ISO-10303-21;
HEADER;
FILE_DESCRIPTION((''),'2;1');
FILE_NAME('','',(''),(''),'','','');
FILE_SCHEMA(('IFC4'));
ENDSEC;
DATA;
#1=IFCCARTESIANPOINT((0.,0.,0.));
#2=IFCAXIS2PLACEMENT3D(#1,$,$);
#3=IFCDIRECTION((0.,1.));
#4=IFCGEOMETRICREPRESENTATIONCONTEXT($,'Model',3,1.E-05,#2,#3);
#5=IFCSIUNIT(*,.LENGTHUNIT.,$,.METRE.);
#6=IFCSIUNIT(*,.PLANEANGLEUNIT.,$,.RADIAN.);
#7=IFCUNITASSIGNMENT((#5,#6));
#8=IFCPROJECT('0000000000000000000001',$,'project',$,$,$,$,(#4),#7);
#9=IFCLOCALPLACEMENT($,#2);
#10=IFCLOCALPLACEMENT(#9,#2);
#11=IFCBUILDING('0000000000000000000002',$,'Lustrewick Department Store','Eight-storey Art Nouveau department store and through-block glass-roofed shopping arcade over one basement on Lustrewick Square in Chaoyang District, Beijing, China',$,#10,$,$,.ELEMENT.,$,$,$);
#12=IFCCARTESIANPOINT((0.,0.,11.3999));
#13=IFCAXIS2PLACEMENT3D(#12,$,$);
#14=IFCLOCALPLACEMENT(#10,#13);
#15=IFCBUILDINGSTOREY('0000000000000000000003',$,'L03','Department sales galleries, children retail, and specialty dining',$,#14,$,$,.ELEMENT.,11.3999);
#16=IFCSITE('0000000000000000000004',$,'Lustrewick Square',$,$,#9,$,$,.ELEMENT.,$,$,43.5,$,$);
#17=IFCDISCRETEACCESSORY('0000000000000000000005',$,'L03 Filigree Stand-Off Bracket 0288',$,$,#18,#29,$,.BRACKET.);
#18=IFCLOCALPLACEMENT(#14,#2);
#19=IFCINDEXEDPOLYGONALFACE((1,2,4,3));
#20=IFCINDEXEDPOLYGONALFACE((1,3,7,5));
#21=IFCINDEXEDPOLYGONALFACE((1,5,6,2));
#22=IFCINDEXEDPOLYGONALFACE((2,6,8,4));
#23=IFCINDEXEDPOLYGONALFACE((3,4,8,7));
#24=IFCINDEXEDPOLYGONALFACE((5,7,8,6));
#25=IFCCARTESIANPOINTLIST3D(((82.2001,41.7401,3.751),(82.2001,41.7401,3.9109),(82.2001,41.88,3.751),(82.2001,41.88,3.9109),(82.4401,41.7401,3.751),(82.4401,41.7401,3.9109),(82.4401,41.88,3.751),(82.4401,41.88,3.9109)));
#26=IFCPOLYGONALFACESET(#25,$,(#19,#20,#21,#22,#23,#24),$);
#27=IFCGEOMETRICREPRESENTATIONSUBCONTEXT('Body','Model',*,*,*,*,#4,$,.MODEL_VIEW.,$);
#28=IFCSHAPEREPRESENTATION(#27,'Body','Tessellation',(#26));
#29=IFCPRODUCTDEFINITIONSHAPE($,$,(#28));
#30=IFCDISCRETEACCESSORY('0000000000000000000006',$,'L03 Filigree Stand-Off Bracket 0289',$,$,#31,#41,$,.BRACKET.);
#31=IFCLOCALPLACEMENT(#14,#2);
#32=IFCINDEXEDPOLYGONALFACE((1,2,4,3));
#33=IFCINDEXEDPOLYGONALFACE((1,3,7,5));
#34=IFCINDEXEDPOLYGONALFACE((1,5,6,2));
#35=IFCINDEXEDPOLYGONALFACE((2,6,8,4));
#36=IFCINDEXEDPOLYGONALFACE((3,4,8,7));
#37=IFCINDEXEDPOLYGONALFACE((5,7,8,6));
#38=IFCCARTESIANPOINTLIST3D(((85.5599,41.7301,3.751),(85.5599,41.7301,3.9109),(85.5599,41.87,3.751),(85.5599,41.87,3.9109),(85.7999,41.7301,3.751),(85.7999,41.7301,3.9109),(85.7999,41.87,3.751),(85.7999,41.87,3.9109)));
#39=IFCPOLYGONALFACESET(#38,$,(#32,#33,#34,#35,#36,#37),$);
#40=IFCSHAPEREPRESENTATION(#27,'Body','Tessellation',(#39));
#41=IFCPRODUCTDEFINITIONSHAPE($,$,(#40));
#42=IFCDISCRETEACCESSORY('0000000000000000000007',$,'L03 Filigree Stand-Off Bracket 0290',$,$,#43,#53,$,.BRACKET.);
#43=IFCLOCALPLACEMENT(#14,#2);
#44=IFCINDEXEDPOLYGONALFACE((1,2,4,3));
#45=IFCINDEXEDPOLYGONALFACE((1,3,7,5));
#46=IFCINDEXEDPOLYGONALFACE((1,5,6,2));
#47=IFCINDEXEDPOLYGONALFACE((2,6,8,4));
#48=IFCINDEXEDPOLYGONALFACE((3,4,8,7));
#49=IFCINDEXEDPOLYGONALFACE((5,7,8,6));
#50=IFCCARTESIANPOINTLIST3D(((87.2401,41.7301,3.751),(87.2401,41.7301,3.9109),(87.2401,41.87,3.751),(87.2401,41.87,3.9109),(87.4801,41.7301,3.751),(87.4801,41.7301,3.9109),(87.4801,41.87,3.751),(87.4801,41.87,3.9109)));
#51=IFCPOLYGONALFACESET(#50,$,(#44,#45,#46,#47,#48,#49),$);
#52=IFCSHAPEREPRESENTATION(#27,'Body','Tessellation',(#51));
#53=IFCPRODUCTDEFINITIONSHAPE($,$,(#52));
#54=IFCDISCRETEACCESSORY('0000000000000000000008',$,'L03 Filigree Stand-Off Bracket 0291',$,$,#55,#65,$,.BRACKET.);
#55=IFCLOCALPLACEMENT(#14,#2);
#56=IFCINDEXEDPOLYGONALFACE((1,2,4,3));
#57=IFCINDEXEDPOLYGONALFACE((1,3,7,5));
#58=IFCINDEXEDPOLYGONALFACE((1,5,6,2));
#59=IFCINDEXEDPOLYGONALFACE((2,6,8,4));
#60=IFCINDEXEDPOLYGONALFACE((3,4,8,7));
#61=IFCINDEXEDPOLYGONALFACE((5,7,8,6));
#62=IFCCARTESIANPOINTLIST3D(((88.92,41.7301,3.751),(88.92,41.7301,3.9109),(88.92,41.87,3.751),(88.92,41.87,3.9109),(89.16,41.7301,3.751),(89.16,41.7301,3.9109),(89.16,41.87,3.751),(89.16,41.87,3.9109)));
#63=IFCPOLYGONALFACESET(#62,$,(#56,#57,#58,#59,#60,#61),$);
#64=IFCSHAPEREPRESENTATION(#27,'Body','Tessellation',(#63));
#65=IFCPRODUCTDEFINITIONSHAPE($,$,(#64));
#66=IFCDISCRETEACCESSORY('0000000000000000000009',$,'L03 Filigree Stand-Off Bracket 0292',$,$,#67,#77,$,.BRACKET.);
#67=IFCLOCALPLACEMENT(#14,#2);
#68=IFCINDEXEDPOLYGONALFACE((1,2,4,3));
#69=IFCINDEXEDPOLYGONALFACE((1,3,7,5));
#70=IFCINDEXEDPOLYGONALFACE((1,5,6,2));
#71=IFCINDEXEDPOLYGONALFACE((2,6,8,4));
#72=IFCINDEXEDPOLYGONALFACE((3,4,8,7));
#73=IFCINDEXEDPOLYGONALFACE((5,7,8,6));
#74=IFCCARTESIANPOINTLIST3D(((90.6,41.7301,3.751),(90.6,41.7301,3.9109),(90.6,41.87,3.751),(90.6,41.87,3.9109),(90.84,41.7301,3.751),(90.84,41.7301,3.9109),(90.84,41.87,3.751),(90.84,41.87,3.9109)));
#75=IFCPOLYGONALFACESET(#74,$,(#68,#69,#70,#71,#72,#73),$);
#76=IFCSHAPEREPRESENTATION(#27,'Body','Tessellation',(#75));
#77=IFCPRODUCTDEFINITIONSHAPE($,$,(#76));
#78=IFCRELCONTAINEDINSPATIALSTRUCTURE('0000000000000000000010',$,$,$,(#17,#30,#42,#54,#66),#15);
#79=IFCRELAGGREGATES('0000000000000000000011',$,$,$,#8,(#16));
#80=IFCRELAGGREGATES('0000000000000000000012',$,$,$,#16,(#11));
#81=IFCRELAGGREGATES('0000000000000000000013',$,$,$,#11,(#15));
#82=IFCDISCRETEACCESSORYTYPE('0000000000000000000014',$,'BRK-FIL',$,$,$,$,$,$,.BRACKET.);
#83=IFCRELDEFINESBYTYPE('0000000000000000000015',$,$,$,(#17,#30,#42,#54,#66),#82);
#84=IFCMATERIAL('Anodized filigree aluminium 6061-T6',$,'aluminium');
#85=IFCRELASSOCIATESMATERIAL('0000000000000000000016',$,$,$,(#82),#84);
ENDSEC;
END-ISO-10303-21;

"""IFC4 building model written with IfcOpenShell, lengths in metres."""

from ifc_helpers import new_model, si_unit, direction, frame, origin, origin_2d, place, context, subcontext, project, spatial, rectangle, extrude, material, type_object, element, save


model = new_model("IFC4")

# Units and contexts
model_context = context("Model", 3, precision=1e-05, world=origin(), true_north=direction((0.0, 1.0)))
body_context = subcontext(model_context, "Body", "Model", "MODEL_VIEW")
ifc_project = project(units=[si_unit("LENGTHUNIT", "METRE"), si_unit("PLANEANGLEUNIT", "RADIAN")], contexts=[model_context])

# Site, building, storey
site_placement = place(None, origin())
site = spatial("IfcSite", under=ifc_project, at=site_placement, Name="Lustrewick Square", CompositionType="ELEMENT", RefElevation=43.5)
building_placement = place(site_placement, origin())
building = spatial("IfcBuilding", under=site, at=building_placement, Name="Lustrewick Department Store", Description="Eight-storey Art Nouveau department store and through-block glass-roofed shopping arcade over one basement on Lustrewick Square in Chaoyang District, Beijing, China", CompositionType="ELEMENT")
storey_placement = place(building_placement, frame((0.0, 0.0, 11.3999)))
storey = spatial("IfcBuildingStorey", under=building, at=storey_placement, Name="L03", Description="Department sales galleries, children retail, and specialty dining", CompositionType="ELEMENT", Elevation=11.3999)

# Discrete accessories
ifc_material_1 = material(Name="Anodized filigree aluminium 6061-T6", Category="aluminium")
discrete_accessory_type = type_object("IfcDiscreteAccessoryType", Name="BRK-FIL", PredefinedType="BRACKET", material=ifc_material_1)
for number, where, z_axis, x_axis, name in (
    (1, (82.3201, 41.8101, 3.751), (0.0, 0.0, 1.0), (1.0, 0.0, 0.0), "L03 Filigree Stand-Off Bracket 0288"),
    (2, (85.6799, 41.8, 3.751), (0.0, 0.0, 1.0), (1.0, 0.0, 0.0), "L03 Filigree Stand-Off Bracket 0289"),
    (3, (87.3601, 41.8, 3.751), (0.0, 0.0, 1.0), (1.0, 0.0, 0.0), "L03 Filigree Stand-Off Bracket 0290"),
    (4, (89.04, 41.8, 3.751), (0.0, 0.0, 1.0), (1.0, 0.0, 0.0), "L03 Filigree Stand-Off Bracket 0291"),
    (5, (90.72, 41.8, 3.751), (0.0, 0.0, 1.0), (1.0, 0.0, 0.0), "L03 Filigree Stand-Off Bracket 0292"),
):
    element("IfcDiscreteAccessory", number, at=place(storey_placement, frame(where, z_axis=z_axis, x_axis=x_axis)), inside=storey, type_object=discrete_accessory_type, Name=name, PredefinedType="BRACKET", context=body_context, shape_type="SweptSolid", body=[
        extrude(rectangle(XDim=0.24, YDim=0.1399, at=origin_2d()), origin(), (0.0, 0.0, 1.0), 0.1599),
    ])

save(model, "model.ifc")
